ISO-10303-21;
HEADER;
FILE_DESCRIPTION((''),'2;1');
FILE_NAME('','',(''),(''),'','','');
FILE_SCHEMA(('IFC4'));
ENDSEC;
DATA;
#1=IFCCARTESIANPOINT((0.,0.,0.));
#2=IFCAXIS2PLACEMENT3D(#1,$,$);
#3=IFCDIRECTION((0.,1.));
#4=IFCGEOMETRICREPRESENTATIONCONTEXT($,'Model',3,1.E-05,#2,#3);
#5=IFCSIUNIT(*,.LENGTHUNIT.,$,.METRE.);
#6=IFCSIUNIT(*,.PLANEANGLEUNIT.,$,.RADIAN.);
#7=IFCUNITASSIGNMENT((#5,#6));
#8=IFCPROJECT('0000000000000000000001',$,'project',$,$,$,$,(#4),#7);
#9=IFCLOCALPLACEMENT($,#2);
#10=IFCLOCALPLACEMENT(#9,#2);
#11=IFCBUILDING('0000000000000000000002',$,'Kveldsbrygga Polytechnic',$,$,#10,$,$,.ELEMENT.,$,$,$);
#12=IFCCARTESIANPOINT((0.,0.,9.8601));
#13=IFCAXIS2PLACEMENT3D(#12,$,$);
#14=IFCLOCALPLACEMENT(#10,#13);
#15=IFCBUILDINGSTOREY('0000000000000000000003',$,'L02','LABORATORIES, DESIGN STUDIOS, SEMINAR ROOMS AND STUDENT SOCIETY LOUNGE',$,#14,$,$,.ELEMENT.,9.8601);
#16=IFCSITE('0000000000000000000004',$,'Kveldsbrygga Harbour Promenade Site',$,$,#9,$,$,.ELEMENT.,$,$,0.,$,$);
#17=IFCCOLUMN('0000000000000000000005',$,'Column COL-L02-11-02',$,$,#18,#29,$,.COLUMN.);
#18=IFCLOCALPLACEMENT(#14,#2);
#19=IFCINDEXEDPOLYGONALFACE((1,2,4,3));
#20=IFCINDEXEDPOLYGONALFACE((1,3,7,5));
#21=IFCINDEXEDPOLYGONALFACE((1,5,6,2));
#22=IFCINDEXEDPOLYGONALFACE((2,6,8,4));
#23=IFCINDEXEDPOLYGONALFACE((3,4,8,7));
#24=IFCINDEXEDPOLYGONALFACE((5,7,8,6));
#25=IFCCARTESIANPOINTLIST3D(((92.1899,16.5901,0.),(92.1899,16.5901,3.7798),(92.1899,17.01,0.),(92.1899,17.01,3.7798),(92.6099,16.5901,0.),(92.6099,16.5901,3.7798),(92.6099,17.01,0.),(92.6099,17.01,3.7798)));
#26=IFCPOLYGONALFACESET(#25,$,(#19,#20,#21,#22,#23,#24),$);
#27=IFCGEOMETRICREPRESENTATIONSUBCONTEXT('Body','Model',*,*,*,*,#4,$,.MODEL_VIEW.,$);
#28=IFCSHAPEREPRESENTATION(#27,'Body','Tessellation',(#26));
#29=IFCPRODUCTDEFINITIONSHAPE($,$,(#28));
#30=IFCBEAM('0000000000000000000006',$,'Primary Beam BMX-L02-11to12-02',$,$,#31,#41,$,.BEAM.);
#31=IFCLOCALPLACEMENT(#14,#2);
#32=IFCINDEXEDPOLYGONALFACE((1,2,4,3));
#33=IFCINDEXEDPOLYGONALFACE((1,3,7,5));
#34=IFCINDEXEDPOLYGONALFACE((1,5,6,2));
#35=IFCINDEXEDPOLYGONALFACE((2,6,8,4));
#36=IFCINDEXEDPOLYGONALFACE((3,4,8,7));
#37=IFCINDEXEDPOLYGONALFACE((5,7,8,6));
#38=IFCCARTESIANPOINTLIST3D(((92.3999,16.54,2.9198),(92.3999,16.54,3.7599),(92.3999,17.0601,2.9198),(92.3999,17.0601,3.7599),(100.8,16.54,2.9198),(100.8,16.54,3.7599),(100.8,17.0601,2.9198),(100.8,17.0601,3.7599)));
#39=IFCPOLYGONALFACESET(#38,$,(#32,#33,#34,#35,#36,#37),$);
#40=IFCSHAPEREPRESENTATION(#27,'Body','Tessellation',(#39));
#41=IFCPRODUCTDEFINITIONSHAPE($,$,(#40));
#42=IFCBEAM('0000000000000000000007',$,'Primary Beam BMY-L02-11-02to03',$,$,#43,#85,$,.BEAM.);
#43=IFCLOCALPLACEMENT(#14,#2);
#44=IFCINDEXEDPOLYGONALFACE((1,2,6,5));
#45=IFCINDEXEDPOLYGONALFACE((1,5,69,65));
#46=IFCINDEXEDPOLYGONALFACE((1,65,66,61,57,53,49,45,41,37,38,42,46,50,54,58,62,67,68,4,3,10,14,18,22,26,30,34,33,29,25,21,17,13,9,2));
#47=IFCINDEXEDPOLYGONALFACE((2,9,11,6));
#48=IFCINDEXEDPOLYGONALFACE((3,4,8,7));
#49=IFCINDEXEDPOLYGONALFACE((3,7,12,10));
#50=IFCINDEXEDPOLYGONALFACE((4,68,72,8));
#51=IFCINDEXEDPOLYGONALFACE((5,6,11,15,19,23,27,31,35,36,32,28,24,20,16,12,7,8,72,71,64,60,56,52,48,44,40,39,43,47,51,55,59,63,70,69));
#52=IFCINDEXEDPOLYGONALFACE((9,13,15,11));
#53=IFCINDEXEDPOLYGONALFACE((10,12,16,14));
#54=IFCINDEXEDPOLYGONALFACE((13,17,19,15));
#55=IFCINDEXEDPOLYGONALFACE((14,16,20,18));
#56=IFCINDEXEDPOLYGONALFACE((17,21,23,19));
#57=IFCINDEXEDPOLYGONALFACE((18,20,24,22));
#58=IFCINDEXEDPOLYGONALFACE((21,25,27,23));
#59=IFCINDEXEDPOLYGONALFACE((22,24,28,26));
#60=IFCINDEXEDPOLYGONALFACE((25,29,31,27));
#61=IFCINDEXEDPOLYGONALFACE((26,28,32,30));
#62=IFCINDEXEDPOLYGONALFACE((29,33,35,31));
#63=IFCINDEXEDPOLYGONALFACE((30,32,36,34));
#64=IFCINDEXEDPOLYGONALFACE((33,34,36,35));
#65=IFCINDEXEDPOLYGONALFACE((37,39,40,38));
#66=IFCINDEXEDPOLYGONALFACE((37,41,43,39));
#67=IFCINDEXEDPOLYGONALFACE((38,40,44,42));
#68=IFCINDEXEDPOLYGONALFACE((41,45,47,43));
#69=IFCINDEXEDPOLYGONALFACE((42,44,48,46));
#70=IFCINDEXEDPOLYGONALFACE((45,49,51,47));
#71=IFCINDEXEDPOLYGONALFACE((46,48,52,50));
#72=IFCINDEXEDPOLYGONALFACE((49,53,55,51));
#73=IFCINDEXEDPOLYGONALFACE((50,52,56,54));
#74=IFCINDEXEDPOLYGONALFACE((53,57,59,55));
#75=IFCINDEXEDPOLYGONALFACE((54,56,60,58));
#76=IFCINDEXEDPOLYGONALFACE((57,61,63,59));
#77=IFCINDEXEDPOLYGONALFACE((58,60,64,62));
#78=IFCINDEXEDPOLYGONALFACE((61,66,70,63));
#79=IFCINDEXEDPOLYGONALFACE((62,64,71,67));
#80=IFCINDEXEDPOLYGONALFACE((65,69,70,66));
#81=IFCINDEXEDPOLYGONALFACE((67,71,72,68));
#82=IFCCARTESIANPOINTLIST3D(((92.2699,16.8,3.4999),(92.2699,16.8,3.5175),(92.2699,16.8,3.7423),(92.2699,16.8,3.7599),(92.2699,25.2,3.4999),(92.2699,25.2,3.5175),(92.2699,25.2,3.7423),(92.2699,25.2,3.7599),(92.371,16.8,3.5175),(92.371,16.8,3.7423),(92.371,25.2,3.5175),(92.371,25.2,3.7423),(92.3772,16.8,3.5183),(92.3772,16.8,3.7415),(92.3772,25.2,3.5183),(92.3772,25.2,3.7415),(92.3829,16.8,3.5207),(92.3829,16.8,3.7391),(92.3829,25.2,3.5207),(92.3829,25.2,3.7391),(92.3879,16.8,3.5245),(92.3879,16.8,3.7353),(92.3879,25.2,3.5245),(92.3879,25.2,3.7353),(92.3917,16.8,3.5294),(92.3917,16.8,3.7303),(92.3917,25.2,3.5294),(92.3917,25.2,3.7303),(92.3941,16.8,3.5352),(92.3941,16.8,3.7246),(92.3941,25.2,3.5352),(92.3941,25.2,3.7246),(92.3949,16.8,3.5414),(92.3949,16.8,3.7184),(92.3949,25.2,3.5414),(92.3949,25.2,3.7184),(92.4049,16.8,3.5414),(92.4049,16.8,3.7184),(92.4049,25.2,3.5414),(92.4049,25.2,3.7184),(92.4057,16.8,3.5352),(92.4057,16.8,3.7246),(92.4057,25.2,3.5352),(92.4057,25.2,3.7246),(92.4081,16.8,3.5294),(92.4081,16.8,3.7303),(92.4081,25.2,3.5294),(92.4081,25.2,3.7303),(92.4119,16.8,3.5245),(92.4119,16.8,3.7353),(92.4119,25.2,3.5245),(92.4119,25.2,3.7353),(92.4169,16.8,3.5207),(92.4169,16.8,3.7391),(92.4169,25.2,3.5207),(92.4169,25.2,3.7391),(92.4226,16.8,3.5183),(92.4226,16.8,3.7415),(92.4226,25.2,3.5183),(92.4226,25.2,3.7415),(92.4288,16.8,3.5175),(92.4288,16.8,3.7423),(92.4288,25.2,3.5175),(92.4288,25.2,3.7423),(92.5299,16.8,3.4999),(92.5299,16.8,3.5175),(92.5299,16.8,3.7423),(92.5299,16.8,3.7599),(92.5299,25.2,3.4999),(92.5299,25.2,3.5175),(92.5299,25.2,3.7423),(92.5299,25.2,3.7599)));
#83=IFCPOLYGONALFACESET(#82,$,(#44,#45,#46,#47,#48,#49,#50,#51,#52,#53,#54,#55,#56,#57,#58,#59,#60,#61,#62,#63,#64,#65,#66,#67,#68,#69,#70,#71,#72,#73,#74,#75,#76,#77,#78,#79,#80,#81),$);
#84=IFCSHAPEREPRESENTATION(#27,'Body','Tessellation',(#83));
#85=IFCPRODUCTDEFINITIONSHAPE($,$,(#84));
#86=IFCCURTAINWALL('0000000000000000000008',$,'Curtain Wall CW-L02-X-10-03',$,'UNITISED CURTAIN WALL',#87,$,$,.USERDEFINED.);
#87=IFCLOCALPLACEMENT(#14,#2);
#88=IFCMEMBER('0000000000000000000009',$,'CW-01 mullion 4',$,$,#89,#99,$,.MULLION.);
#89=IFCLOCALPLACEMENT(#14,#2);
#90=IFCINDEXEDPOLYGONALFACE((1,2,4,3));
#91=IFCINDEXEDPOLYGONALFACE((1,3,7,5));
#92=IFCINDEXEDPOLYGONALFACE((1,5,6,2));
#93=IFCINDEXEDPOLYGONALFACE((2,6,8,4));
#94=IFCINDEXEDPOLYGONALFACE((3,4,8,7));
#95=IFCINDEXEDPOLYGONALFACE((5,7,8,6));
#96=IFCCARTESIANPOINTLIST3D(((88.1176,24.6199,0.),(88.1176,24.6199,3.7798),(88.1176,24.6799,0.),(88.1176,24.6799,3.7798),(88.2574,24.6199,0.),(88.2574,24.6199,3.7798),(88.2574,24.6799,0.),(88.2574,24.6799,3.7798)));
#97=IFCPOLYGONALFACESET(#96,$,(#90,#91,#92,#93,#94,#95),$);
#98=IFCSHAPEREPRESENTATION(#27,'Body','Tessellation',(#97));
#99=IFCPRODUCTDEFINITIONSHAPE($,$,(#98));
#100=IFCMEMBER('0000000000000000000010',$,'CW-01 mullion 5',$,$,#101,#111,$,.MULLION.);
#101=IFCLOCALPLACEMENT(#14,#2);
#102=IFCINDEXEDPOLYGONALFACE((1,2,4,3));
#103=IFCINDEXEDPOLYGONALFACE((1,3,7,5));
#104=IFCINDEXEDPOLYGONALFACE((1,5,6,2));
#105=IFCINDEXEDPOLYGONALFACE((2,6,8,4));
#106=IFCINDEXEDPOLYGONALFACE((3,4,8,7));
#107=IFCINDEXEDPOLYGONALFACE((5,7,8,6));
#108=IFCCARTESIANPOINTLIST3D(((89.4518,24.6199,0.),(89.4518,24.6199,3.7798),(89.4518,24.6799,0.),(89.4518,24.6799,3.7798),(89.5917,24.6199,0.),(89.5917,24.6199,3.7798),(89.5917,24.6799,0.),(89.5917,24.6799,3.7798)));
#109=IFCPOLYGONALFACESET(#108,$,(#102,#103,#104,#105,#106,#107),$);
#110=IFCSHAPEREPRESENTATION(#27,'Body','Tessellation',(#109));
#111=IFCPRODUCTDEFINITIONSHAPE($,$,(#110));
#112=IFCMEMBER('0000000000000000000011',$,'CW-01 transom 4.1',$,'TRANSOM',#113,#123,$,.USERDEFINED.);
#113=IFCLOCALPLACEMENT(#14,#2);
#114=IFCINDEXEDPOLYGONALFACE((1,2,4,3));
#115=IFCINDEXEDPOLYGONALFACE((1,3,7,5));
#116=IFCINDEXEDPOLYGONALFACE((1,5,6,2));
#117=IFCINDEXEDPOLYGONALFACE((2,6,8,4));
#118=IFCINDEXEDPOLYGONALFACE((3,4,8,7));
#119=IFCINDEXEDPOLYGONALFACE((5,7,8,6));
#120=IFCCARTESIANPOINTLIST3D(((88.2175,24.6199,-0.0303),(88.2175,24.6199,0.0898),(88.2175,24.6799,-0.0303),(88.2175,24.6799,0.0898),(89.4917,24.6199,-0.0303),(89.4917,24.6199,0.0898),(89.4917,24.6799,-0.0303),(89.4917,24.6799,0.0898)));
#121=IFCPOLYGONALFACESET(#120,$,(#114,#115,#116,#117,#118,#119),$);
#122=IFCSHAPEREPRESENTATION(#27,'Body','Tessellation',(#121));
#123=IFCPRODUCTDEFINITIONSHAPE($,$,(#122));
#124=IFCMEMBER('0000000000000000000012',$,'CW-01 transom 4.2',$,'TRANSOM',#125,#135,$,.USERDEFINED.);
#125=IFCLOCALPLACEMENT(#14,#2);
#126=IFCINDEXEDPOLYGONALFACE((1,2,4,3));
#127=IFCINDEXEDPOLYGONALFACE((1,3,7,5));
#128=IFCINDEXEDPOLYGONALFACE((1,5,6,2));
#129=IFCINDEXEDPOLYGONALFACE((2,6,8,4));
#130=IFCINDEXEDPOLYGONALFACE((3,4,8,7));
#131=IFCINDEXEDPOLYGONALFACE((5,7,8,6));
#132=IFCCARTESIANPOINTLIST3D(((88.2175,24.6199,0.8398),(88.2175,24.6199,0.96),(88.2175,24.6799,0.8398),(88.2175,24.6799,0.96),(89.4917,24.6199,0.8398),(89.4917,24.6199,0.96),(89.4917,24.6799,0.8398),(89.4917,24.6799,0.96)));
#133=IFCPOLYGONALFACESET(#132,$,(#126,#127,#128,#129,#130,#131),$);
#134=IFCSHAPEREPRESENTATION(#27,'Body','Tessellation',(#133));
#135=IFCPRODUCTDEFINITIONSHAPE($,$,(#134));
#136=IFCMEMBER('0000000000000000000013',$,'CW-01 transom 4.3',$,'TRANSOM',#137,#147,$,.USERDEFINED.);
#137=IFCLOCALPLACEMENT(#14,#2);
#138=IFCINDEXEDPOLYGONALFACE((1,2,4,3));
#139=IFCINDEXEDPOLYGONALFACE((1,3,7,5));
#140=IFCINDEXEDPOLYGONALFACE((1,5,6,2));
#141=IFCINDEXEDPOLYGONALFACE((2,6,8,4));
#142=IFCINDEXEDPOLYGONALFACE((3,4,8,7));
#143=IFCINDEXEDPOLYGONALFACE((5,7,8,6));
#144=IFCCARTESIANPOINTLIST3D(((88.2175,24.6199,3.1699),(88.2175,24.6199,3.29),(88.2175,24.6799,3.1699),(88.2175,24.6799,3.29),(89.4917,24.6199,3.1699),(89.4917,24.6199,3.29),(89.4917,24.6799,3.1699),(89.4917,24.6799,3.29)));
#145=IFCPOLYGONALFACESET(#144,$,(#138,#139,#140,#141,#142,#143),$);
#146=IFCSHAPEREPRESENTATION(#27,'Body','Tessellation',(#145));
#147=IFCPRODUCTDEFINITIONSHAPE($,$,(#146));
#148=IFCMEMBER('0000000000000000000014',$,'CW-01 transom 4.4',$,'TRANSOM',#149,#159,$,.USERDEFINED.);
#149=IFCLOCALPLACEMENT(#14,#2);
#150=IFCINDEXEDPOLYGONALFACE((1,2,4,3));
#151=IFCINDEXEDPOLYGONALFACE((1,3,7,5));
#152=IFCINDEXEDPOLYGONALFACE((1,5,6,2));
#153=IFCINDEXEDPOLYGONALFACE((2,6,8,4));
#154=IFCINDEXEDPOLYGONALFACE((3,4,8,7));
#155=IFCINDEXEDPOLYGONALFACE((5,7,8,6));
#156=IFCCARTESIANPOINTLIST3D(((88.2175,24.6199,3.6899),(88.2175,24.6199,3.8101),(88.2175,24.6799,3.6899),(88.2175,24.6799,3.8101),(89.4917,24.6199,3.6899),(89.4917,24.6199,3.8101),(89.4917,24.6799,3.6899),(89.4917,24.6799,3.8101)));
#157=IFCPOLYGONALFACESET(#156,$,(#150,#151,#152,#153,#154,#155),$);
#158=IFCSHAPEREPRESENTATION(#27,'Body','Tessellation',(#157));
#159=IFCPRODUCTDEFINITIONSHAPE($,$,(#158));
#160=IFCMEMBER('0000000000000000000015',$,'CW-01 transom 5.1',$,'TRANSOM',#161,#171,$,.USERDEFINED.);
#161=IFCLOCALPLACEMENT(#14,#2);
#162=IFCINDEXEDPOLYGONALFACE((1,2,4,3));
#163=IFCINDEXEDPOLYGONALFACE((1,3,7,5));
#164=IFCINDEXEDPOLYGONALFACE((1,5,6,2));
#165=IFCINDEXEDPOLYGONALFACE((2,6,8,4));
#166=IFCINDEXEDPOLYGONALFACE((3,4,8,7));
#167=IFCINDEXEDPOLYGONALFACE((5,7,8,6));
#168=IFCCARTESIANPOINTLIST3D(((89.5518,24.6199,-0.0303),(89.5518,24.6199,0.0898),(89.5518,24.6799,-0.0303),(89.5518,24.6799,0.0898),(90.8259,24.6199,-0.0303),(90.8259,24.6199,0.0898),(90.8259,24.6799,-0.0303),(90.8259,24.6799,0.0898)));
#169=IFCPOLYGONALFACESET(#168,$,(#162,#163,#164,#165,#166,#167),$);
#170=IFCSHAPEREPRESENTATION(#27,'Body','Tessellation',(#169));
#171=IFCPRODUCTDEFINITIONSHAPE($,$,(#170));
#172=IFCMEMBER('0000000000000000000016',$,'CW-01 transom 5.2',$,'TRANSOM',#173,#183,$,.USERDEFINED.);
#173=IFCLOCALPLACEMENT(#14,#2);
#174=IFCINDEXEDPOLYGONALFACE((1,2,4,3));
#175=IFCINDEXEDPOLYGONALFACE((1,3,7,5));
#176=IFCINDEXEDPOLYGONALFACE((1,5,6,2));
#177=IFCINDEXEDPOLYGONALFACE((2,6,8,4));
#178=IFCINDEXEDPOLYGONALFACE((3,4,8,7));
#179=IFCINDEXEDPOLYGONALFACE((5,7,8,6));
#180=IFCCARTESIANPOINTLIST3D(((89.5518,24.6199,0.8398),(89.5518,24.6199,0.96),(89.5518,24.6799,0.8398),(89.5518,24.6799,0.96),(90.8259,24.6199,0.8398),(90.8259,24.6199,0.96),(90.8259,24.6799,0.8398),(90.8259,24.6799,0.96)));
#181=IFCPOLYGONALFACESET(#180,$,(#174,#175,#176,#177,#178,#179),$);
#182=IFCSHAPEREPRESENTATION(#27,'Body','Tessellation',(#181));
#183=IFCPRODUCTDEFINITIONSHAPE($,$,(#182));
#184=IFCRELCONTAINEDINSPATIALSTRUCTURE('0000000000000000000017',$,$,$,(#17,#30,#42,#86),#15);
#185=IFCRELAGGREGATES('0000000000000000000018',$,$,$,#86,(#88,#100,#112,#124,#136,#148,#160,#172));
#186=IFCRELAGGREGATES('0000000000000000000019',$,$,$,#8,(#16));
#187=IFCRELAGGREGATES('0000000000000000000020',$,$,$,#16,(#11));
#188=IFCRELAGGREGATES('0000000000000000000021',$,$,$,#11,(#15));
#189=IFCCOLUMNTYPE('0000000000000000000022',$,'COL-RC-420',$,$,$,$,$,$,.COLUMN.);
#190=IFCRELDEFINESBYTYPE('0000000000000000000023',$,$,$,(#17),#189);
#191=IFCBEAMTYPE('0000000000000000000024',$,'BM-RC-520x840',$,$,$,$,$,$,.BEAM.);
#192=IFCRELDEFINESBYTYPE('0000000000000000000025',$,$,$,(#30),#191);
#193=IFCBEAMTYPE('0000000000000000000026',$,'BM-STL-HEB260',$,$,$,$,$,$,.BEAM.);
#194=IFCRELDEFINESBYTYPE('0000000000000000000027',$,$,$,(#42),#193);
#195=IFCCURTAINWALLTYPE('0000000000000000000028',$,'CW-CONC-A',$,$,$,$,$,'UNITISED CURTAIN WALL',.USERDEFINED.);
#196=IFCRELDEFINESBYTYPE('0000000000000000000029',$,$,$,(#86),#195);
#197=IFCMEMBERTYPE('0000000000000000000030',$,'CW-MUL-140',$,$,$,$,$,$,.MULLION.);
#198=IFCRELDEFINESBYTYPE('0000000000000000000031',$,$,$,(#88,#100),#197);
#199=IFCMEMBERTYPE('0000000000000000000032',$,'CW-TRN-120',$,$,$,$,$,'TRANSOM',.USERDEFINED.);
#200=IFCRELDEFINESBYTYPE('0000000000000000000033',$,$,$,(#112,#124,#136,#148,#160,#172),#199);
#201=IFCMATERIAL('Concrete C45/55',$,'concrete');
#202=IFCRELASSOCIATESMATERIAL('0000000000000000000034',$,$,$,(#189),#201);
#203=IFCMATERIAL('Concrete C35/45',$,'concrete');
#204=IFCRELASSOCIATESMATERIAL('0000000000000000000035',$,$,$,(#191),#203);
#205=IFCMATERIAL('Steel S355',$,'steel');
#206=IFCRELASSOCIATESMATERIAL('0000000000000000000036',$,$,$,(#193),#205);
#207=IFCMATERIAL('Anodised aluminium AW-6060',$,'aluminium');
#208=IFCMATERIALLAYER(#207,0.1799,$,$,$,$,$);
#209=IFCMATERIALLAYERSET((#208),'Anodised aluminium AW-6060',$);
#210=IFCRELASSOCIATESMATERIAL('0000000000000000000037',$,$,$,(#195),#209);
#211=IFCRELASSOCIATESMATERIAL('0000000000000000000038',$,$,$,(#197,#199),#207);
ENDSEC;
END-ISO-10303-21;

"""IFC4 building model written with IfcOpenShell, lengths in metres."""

from ifc_helpers import new_model, si_unit, direction, frame, origin, origin_2d, place, context, subcontext, project, spatial, rectangle, i_section, extrude, material, layer, layer_set, material_profile, profile_set, type_object, element, aggregate, save


model = new_model("IFC4")

# Units and contexts
model_context = context("Model", 3, precision=1e-05, world=origin(), true_north=direction((0.0, 1.0)))
body_context = subcontext(model_context, "Body", "Model", "MODEL_VIEW")
ifc_project = project(units=[si_unit("LENGTHUNIT", "METRE"), si_unit("PLANEANGLEUNIT", "RADIAN")], contexts=[model_context])

# Site, building, storey
site_placement = place(None, origin())
site = spatial("IfcSite", under=ifc_project, at=site_placement, Name="Kveldsbrygga Harbour Promenade Site", CompositionType="ELEMENT", RefElevation=0.0)
building_placement = place(site_placement, origin())
building = spatial("IfcBuilding", under=site, at=building_placement, Name="Kveldsbrygga Polytechnic", CompositionType="ELEMENT")
storey_placement = place(building_placement, frame((0.0, 0.0, 9.8601)))
storey = spatial("IfcBuildingStorey", under=building, at=storey_placement, Name="L02", Description="LABORATORIES, DESIGN STUDIOS, SEMINAR ROOMS AND STUDENT SOCIETY LOUNGE", CompositionType="ELEMENT", Elevation=9.8601)

# Column
ifc_material_1 = material(Name="Concrete C45/55", Category="concrete")
ifc_material_profile_1 = material_profile(ifc_material_1, rectangle(XDim=0.4199, YDim=0.4199, at=origin_2d()), Name="RC 420x420")
ifc_profile_set_1 = profile_set([ifc_material_profile_1], Name="Concrete C45/55")
column_type = type_object("IfcColumnType", Name="COL-RC-420", PredefinedType="COLUMN", material=ifc_profile_set_1)
column_placement = place(storey_placement, frame((92.3999, 16.8, 0.0), z_axis=(0.0, 0.0, 1.0), x_axis=(1.0, 0.0, 0.0)))
element("IfcColumn", 1, at=column_placement, inside=storey, type_object=column_type, Name="Column COL-L02-11-02", PredefinedType="COLUMN", context=body_context, shape_type="SweptSolid", body=[
    extrude(rectangle(XDim=0.4199, YDim=0.4199, at=origin_2d()), origin(), (0.0, 0.0, 1.0), 3.7798),
])

# Beams
ifc_material_2 = material(Name="Concrete C35/45", Category="concrete")
ifc_material_profile_2 = material_profile(ifc_material_2, rectangle(XDim=0.52, YDim=0.8401, at=origin_2d()), Name="RC 520x840")
ifc_profile_set_2 = profile_set([ifc_material_profile_2], Name="Concrete C35/45")
beam_type_1 = type_object("IfcBeamType", Name="BM-RC-520x840", PredefinedType="BEAM", material=ifc_profile_set_2)
beam_1_placement = place(storey_placement, frame((92.3999, 16.8, 3.3398), z_axis=(1.0, 0.0, 0.0), x_axis=(0.0, 1.0, 0.0)))
element("IfcBeam", 2, at=beam_1_placement, inside=storey, type_object=beam_type_1, Name="Primary Beam BMX-L02-11to12-02", PredefinedType="BEAM", context=body_context, shape_type="SweptSolid", body=[
    extrude(rectangle(XDim=0.52, YDim=0.8401, at=origin_2d()), origin(), (0.0, 0.0, 1.0), 8.4001),
])
ifc_material_3 = material(Name="Steel S355", Category="steel")
ifc_material_profile_3 = material_profile(ifc_material_3, i_section(OverallWidth=0.26, OverallDepth=0.26, WebThickness=0.01, FlangeThickness=0.0176, FilletRadius=0.0239, at=origin_2d()), Name="HEB 260")
ifc_profile_set_3 = profile_set([ifc_material_profile_3], Name="Steel S355")
beam_type_2 = type_object("IfcBeamType", Name="BM-STL-HEB260", PredefinedType="BEAM", material=ifc_profile_set_3)
beam_2_placement = place(storey_placement, frame((92.3999, 16.8, 3.6299), z_axis=(0.0, 1.0, 0.0), x_axis=(-1.0, 0.0, 0.0)))
element("IfcBeam", 3, at=beam_2_placement, inside=storey, type_object=beam_type_2, Name="Primary Beam BMY-L02-11-02to03", PredefinedType="BEAM", context=body_context, shape_type="SweptSolid", body=[
    extrude(i_section(OverallWidth=0.26, OverallDepth=0.26, WebThickness=0.01, FlangeThickness=0.0176, FilletRadius=0.0239, at=origin_2d()), origin(), (0.0, 0.0, 1.0), 8.3999),
])

# Curtain wall, members
ifc_material_4 = material(Name="Anodised aluminium AW-6060", Category="aluminium")
ifc_layer_1 = layer(ifc_material_4, 0.1799)
ifc_layer_set_1 = layer_set([ifc_layer_1], Name="Anodised aluminium AW-6060")
curtain_wall_type = type_object("IfcCurtainWallType", Name="CW-CONC-A", ElementType="UNITISED CURTAIN WALL", PredefinedType="USERDEFINED", material=ifc_layer_set_1)
curtain_wall_placement = place(storey_placement, origin())
curtain_wall = element("IfcCurtainWall", 4, at=curtain_wall_placement, inside=storey, type_object=curtain_wall_type, Name="Curtain Wall CW-L02-X-10-03", ObjectType="UNITISED CURTAIN WALL", PredefinedType="USERDEFINED")
ifc_material_profile_4 = material_profile(ifc_material_4, rectangle(XDim=0.0601, YDim=0.1399, at=origin_2d()), Name="ALU 60x140")
ifc_profile_set_4 = profile_set([ifc_material_profile_4], Name="Anodised aluminium AW-6060")
member_type_1 = type_object("IfcMemberType", Name="CW-MUL-140", PredefinedType="MULLION", material=ifc_profile_set_4)
member_1_placement = place(storey_placement, frame((88.1875, 24.6499, 0.0), z_axis=(0.0, 0.0, 1.0), x_axis=(0.0, 1.0, 0.0)))
member_1 = element("IfcMember", 5, at=member_1_placement, type_object=member_type_1, Name="CW-01 mullion 4", PredefinedType="MULLION", context=body_context, shape_type="SweptSolid", body=[
    extrude(rectangle(XDim=0.0601, YDim=0.1399, at=origin_2d()), origin(), (0.0, 0.0, 1.0), 3.7798),
])
member_2_placement = place(storey_placement, frame((89.5217, 24.6499, 0.0), z_axis=(0.0, 0.0, 1.0), x_axis=(0.0, 1.0, 0.0)))
member_2 = element("IfcMember", 6, at=member_2_placement, type_object=member_type_1, Name="CW-01 mullion 5", PredefinedType="MULLION", context=body_context, shape_type="SweptSolid", body=[
    extrude(rectangle(XDim=0.0601, YDim=0.1399, at=origin_2d()), origin(), (0.0, 0.0, 1.0), 3.7798),
])
ifc_material_profile_5 = material_profile(ifc_material_4, rectangle(XDim=0.0601, YDim=0.1201, at=origin_2d()), Name="ALU 60x120")
ifc_profile_set_5 = profile_set([ifc_material_profile_5], Name="Anodised aluminium AW-6060")
member_type_2 = type_object("IfcMemberType", Name="CW-TRN-120", ElementType="TRANSOM", PredefinedType="USERDEFINED", material=ifc_profile_set_5)
member_3_placement = place(storey_placement, frame((88.2175, 24.6499, 0.0298), z_axis=(1.0, 0.0, 0.0), x_axis=(0.0, 1.0, 0.0)))
member_3 = element("IfcMember", 7, at=member_3_placement, type_object=member_type_2, Name="CW-01 transom 4.1", ObjectType="TRANSOM", PredefinedType="USERDEFINED", context=body_context, shape_type="SweptSolid", body=[
    extrude(rectangle(XDim=0.0601, YDim=0.1201, at=origin_2d()), origin(), (0.0, 0.0, 1.0), 1.2742),
])
member_4_placement = place(storey_placement, frame((88.2175, 24.6499, 0.8999), z_axis=(1.0, 0.0, 0.0), x_axis=(0.0, 1.0, 0.0)))
member_4 = element("IfcMember", 8, at=member_4_placement, type_object=member_type_2, Name="CW-01 transom 4.2", ObjectType="TRANSOM", PredefinedType="USERDEFINED", context=body_context, shape_type="SweptSolid", body=[
    extrude(rectangle(XDim=0.0601, YDim=0.1201, at=origin_2d()), origin(), (0.0, 0.0, 1.0), 1.2742),
])
member_5_placement = place(storey_placement, frame((88.2175, 24.6499, 3.23), z_axis=(1.0, 0.0, 0.0), x_axis=(0.0, 1.0, 0.0)))
member_5 = element("IfcMember", 9, at=member_5_placement, type_object=member_type_2, Name="CW-01 transom 4.3", ObjectType="TRANSOM", PredefinedType="USERDEFINED", context=body_context, shape_type="SweptSolid", body=[
    extrude(rectangle(XDim=0.0601, YDim=0.1201, at=origin_2d()), origin(), (0.0, 0.0, 1.0), 1.2742),
])
member_6_placement = place(storey_placement, frame((88.2175, 24.6499, 3.75), z_axis=(1.0, 0.0, 0.0), x_axis=(0.0, 1.0, 0.0)))
member_6 = element("IfcMember", 10, at=member_6_placement, type_object=member_type_2, Name="CW-01 transom 4.4", ObjectType="TRANSOM", PredefinedType="USERDEFINED", context=body_context, shape_type="SweptSolid", body=[
    extrude(rectangle(XDim=0.0601, YDim=0.1201, at=origin_2d()), origin(), (0.0, 0.0, 1.0), 1.2742),
])
member_7_placement = place(storey_placement, frame((89.5518, 24.6499, 0.0298), z_axis=(1.0, 0.0, 0.0), x_axis=(0.0, 1.0, 0.0)))
member_7 = element("IfcMember", 11, at=member_7_placement, type_object=member_type_2, Name="CW-01 transom 5.1", ObjectType="TRANSOM", PredefinedType="USERDEFINED", context=body_context, shape_type="SweptSolid", body=[
    extrude(rectangle(XDim=0.0601, YDim=0.1201, at=origin_2d()), origin(), (0.0, 0.0, 1.0), 1.2742),
])
member_8_placement = place(storey_placement, frame((89.5518, 24.6499, 0.8999), z_axis=(1.0, 0.0, 0.0), x_axis=(0.0, 1.0, 0.0)))
member_8 = element("IfcMember", 12, at=member_8_placement, type_object=member_type_2, Name="CW-01 transom 5.2", ObjectType="TRANSOM", PredefinedType="USERDEFINED", context=body_context, shape_type="SweptSolid", body=[
    extrude(rectangle(XDim=0.0601, YDim=0.1201, at=origin_2d()), origin(), (0.0, 0.0, 1.0), 1.2742),
])

aggregate(curtain_wall, [member_1, member_2, member_3, member_4, member_5, member_6, member_7, member_8])

save(model, "model.ifc")
